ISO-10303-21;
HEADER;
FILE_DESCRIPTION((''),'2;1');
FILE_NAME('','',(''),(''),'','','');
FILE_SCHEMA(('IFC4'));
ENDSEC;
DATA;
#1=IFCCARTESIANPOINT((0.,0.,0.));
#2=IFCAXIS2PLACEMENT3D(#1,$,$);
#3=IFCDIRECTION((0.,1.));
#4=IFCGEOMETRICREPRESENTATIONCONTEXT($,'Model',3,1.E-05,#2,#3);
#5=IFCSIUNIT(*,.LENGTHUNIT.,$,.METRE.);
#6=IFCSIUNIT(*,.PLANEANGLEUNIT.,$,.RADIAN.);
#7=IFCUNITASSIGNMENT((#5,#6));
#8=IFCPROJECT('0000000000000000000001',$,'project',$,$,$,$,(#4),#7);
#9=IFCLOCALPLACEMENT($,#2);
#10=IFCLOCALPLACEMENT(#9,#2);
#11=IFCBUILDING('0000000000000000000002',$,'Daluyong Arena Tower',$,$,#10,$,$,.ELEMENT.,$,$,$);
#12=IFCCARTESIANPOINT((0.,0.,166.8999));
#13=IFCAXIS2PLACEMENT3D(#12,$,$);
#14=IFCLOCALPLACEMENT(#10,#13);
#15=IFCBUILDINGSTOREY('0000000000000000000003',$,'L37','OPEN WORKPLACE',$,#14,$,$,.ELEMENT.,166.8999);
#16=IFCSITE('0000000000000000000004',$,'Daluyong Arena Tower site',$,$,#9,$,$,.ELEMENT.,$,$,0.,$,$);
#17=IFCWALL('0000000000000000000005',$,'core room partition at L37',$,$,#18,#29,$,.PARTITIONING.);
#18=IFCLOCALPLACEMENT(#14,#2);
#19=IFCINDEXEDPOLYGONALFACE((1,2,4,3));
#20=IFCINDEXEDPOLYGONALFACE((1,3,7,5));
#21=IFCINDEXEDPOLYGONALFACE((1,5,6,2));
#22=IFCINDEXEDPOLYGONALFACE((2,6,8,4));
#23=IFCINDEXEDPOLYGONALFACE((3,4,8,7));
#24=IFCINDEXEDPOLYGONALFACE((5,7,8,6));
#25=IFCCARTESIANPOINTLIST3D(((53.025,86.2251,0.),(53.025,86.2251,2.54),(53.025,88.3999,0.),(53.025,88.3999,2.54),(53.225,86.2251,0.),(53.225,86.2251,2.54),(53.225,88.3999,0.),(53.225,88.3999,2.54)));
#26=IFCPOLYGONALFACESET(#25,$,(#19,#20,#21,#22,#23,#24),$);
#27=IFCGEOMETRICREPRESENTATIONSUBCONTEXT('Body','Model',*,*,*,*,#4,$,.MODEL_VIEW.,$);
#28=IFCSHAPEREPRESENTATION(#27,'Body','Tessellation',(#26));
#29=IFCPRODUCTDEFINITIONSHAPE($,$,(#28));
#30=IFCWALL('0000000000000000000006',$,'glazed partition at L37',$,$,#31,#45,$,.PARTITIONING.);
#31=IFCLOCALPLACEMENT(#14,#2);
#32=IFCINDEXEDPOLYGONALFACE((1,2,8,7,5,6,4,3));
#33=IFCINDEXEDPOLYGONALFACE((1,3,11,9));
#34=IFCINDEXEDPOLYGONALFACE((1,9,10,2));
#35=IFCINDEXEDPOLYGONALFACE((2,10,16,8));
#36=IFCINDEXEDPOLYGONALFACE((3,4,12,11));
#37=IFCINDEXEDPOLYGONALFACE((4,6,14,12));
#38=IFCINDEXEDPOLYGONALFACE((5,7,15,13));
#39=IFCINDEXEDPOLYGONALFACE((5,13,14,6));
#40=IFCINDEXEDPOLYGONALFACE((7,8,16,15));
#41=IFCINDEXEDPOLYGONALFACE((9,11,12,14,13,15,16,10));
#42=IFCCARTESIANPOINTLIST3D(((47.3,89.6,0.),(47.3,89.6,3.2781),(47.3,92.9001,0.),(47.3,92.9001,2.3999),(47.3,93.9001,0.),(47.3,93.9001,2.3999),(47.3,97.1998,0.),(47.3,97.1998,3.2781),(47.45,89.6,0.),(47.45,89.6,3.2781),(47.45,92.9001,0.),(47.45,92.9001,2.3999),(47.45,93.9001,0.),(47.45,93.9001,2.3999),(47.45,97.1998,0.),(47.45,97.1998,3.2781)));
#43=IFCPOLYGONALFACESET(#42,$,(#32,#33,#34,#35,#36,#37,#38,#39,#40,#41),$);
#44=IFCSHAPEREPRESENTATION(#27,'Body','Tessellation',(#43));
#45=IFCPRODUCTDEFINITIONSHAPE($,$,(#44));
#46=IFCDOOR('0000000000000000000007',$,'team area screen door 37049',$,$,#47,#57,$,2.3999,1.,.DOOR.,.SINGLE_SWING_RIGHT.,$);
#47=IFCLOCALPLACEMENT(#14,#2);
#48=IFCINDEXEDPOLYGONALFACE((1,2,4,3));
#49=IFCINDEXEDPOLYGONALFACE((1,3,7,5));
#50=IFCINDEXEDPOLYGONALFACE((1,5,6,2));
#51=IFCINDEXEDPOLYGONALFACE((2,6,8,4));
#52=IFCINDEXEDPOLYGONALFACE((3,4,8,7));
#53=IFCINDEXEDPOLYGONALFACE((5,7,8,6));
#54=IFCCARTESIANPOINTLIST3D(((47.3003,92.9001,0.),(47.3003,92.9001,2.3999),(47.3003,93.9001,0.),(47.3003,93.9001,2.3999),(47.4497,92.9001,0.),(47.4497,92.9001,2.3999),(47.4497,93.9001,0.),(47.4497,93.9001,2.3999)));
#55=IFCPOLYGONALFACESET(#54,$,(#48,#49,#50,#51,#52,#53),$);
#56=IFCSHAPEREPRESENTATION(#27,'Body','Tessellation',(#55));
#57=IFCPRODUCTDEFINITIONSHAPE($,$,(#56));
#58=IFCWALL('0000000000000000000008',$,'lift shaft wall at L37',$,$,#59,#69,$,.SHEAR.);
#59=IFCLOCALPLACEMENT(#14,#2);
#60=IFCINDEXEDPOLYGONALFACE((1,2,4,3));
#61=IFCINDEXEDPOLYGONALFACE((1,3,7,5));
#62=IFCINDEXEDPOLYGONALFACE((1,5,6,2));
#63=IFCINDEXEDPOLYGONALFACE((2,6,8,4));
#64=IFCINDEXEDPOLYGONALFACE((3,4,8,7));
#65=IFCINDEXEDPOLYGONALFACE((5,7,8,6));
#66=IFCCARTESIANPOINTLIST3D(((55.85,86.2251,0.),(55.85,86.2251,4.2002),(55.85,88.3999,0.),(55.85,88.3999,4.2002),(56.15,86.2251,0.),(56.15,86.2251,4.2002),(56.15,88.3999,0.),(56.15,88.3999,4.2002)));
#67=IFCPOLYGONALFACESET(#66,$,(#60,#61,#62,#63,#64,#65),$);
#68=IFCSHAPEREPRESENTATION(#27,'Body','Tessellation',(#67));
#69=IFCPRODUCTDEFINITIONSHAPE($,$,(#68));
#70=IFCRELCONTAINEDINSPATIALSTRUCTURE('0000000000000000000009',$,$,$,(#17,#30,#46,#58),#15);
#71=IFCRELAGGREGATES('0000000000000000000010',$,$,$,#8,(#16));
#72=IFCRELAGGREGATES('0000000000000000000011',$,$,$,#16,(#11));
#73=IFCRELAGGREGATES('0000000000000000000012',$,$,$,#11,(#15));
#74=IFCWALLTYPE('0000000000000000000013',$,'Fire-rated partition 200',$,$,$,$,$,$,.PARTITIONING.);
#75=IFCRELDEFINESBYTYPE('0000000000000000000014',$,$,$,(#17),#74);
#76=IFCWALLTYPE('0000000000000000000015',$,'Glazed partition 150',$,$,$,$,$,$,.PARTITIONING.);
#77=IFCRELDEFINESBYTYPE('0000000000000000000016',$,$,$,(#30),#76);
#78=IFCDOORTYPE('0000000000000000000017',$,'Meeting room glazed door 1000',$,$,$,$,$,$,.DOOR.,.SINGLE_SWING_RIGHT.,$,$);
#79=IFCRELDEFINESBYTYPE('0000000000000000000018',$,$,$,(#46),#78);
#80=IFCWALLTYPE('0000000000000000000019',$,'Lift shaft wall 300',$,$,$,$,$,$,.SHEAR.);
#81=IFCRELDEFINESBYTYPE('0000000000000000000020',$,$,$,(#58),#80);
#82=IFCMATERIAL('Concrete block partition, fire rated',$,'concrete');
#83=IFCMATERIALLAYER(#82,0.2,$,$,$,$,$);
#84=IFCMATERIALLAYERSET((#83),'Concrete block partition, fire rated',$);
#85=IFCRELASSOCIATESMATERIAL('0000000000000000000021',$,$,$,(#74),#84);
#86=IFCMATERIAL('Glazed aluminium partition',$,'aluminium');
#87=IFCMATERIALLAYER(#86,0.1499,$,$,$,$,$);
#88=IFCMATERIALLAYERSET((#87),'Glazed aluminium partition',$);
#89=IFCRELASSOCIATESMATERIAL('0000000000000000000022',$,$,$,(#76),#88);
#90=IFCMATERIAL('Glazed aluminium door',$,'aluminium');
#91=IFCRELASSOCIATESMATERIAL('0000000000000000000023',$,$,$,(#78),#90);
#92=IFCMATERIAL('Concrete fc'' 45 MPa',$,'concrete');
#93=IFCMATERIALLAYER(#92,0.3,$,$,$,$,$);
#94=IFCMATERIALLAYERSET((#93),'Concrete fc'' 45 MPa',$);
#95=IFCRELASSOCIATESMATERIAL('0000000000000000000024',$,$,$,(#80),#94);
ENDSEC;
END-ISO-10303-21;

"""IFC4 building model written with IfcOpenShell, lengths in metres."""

from ifc_helpers import new_model, si_unit, direction, frame, frame_2d, origin, place, context, subcontext, project, spatial, rectangle, extrude, material, layer, layer_set, type_object, element, fill, save


model = new_model("IFC4")

# Units and contexts
model_context = context("Model", 3, precision=1e-05, world=origin(), true_north=direction((0.0, 1.0)))
body_context = subcontext(model_context, "Body", "Model", "MODEL_VIEW")
ifc_project = project(units=[si_unit("LENGTHUNIT", "METRE"), si_unit("PLANEANGLEUNIT", "RADIAN")], contexts=[model_context])

# Site, building, storey
site_placement = place(None, origin())
site = spatial("IfcSite", under=ifc_project, at=site_placement, Name="Daluyong Arena Tower site", CompositionType="ELEMENT", RefElevation=0.0)
building_placement = place(site_placement, origin())
building = spatial("IfcBuilding", under=site, at=building_placement, Name="Daluyong Arena Tower", CompositionType="ELEMENT")
storey_placement = place(building_placement, frame((0.0, 0.0, 166.8999)))
storey = spatial("IfcBuildingStorey", under=building, at=storey_placement, Name="L37", Description="OPEN WORKPLACE", CompositionType="ELEMENT", Elevation=166.8999)

# Wall
ifc_material_1 = material(Name="Concrete block partition, fire rated", Category="concrete")
ifc_layer_1 = layer(ifc_material_1, 0.2)
ifc_layer_set_1 = layer_set([ifc_layer_1], Name="Concrete block partition, fire rated")
wall_type_1 = type_object("IfcWallType", Name="Fire-rated partition 200", PredefinedType="PARTITIONING", material=ifc_layer_set_1)
wall_1_placement = place(storey_placement, frame((53.125, 86.2251, 0.0), z_axis=(0.0, 0.0, 1.0), x_axis=(0.0, 1.0, 0.0)))
element("IfcWall", 1, at=wall_1_placement, inside=storey, type_object=wall_type_1, Name="core room partition at L37", PredefinedType="PARTITIONING", context=body_context, shape_type="SweptSolid", body=[
    extrude(rectangle(XDim=2.1748, YDim=0.2, at=frame_2d((1.0874, 0.0))), origin(), (0.0, 0.0, 1.0), 2.54),
])

# Wall, opening, door
ifc_material_2 = material(Name="Glazed aluminium partition", Category="aluminium")
ifc_layer_2 = layer(ifc_material_2, 0.1499)
ifc_layer_set_2 = layer_set([ifc_layer_2], Name="Glazed aluminium partition")
wall_type_2 = type_object("IfcWallType", Name="Glazed partition 150", PredefinedType="PARTITIONING", material=ifc_layer_set_2)
wall_2_placement = place(storey_placement, frame((47.375, 89.6001, 0.0), z_axis=(0.0, 0.0, 1.0), x_axis=(0.0, 1.0, 0.0)))
wall_2 = element("IfcWall", 2, at=wall_2_placement, inside=storey, type_object=wall_type_2, Name="glazed partition at L37", PredefinedType="PARTITIONING", context=body_context, shape_type="SweptSolid", body=[
    extrude(rectangle(XDim=7.5999, YDim=0.1499, at=frame_2d((3.7998, 0.0))), origin(), (0.0, 0.0, 1.0), 3.2781),
])
opening_1_placement = place(wall_2_placement, frame((3.3, 0.0, 0.0)))
opening_1 = element("IfcOpeningElement", 3, at=opening_1_placement, cuts=wall_2, PredefinedType="OPENING", context=body_context, shape_type="SweptSolid", body=[
    extrude(rectangle(XDim=1.0, YDim=2.3999, at=frame_2d((0.5, 1.2))), frame((0.0, 0.085, 0.0), z_axis=(0.0, -1.0, 0.0), x_axis=(1.0, 0.0, 0.0)), (0.0, 0.0, 1.0), 0.1699),
])
ifc_material_3 = material(Name="Glazed aluminium door", Category="aluminium")
door_type_1 = type_object("IfcDoorType", Name="Meeting room glazed door 1000", OperationType="SINGLE_SWING_RIGHT", PredefinedType="DOOR", material=ifc_material_3)
door_1_placement = place(opening_1_placement, origin())
door_1 = element("IfcDoor", 4, at=door_1_placement, inside=storey, type_object=door_type_1, Name="team area screen door 37049", OperationType="SINGLE_SWING_RIGHT", OverallHeight=2.3999, OverallWidth=1.0, PredefinedType="DOOR", context=body_context, shape_type="SweptSolid", body=[
    extrude(rectangle(XDim=1.0, YDim=2.3999, at=frame_2d((0.5, 1.2))), frame((0.0, 0.0747, 0.0), z_axis=(0.0, -1.0, 0.0), x_axis=(1.0, 0.0, 0.0)), (0.0, 0.0, 1.0), 0.1494),
])
fill(opening_1, door_1)

# Wall
ifc_material_4 = material(Name="Concrete fc' 45 MPa", Category="concrete")
ifc_layer_3 = layer(ifc_material_4, 0.3)
ifc_layer_set_3 = layer_set([ifc_layer_3], Name="Concrete fc' 45 MPa")
wall_type_3 = type_object("IfcWallType", Name="Lift shaft wall 300", PredefinedType="SHEAR", material=ifc_layer_set_3)
wall_3_placement = place(storey_placement, frame((56.0, 86.2251, 0.0), z_axis=(0.0, 0.0, 1.0), x_axis=(0.0, 1.0, 0.0)))
element("IfcWall", 5, at=wall_3_placement, inside=storey, type_object=wall_type_3, Name="lift shaft wall at L37", PredefinedType="SHEAR", context=body_context, shape_type="SweptSolid", body=[
    extrude(rectangle(XDim=2.1748, YDim=0.3, at=frame_2d((1.0874, 0.0))), origin(), (0.0, 0.0, 1.0), 4.2002),
])

save(model, "model.ifc")
